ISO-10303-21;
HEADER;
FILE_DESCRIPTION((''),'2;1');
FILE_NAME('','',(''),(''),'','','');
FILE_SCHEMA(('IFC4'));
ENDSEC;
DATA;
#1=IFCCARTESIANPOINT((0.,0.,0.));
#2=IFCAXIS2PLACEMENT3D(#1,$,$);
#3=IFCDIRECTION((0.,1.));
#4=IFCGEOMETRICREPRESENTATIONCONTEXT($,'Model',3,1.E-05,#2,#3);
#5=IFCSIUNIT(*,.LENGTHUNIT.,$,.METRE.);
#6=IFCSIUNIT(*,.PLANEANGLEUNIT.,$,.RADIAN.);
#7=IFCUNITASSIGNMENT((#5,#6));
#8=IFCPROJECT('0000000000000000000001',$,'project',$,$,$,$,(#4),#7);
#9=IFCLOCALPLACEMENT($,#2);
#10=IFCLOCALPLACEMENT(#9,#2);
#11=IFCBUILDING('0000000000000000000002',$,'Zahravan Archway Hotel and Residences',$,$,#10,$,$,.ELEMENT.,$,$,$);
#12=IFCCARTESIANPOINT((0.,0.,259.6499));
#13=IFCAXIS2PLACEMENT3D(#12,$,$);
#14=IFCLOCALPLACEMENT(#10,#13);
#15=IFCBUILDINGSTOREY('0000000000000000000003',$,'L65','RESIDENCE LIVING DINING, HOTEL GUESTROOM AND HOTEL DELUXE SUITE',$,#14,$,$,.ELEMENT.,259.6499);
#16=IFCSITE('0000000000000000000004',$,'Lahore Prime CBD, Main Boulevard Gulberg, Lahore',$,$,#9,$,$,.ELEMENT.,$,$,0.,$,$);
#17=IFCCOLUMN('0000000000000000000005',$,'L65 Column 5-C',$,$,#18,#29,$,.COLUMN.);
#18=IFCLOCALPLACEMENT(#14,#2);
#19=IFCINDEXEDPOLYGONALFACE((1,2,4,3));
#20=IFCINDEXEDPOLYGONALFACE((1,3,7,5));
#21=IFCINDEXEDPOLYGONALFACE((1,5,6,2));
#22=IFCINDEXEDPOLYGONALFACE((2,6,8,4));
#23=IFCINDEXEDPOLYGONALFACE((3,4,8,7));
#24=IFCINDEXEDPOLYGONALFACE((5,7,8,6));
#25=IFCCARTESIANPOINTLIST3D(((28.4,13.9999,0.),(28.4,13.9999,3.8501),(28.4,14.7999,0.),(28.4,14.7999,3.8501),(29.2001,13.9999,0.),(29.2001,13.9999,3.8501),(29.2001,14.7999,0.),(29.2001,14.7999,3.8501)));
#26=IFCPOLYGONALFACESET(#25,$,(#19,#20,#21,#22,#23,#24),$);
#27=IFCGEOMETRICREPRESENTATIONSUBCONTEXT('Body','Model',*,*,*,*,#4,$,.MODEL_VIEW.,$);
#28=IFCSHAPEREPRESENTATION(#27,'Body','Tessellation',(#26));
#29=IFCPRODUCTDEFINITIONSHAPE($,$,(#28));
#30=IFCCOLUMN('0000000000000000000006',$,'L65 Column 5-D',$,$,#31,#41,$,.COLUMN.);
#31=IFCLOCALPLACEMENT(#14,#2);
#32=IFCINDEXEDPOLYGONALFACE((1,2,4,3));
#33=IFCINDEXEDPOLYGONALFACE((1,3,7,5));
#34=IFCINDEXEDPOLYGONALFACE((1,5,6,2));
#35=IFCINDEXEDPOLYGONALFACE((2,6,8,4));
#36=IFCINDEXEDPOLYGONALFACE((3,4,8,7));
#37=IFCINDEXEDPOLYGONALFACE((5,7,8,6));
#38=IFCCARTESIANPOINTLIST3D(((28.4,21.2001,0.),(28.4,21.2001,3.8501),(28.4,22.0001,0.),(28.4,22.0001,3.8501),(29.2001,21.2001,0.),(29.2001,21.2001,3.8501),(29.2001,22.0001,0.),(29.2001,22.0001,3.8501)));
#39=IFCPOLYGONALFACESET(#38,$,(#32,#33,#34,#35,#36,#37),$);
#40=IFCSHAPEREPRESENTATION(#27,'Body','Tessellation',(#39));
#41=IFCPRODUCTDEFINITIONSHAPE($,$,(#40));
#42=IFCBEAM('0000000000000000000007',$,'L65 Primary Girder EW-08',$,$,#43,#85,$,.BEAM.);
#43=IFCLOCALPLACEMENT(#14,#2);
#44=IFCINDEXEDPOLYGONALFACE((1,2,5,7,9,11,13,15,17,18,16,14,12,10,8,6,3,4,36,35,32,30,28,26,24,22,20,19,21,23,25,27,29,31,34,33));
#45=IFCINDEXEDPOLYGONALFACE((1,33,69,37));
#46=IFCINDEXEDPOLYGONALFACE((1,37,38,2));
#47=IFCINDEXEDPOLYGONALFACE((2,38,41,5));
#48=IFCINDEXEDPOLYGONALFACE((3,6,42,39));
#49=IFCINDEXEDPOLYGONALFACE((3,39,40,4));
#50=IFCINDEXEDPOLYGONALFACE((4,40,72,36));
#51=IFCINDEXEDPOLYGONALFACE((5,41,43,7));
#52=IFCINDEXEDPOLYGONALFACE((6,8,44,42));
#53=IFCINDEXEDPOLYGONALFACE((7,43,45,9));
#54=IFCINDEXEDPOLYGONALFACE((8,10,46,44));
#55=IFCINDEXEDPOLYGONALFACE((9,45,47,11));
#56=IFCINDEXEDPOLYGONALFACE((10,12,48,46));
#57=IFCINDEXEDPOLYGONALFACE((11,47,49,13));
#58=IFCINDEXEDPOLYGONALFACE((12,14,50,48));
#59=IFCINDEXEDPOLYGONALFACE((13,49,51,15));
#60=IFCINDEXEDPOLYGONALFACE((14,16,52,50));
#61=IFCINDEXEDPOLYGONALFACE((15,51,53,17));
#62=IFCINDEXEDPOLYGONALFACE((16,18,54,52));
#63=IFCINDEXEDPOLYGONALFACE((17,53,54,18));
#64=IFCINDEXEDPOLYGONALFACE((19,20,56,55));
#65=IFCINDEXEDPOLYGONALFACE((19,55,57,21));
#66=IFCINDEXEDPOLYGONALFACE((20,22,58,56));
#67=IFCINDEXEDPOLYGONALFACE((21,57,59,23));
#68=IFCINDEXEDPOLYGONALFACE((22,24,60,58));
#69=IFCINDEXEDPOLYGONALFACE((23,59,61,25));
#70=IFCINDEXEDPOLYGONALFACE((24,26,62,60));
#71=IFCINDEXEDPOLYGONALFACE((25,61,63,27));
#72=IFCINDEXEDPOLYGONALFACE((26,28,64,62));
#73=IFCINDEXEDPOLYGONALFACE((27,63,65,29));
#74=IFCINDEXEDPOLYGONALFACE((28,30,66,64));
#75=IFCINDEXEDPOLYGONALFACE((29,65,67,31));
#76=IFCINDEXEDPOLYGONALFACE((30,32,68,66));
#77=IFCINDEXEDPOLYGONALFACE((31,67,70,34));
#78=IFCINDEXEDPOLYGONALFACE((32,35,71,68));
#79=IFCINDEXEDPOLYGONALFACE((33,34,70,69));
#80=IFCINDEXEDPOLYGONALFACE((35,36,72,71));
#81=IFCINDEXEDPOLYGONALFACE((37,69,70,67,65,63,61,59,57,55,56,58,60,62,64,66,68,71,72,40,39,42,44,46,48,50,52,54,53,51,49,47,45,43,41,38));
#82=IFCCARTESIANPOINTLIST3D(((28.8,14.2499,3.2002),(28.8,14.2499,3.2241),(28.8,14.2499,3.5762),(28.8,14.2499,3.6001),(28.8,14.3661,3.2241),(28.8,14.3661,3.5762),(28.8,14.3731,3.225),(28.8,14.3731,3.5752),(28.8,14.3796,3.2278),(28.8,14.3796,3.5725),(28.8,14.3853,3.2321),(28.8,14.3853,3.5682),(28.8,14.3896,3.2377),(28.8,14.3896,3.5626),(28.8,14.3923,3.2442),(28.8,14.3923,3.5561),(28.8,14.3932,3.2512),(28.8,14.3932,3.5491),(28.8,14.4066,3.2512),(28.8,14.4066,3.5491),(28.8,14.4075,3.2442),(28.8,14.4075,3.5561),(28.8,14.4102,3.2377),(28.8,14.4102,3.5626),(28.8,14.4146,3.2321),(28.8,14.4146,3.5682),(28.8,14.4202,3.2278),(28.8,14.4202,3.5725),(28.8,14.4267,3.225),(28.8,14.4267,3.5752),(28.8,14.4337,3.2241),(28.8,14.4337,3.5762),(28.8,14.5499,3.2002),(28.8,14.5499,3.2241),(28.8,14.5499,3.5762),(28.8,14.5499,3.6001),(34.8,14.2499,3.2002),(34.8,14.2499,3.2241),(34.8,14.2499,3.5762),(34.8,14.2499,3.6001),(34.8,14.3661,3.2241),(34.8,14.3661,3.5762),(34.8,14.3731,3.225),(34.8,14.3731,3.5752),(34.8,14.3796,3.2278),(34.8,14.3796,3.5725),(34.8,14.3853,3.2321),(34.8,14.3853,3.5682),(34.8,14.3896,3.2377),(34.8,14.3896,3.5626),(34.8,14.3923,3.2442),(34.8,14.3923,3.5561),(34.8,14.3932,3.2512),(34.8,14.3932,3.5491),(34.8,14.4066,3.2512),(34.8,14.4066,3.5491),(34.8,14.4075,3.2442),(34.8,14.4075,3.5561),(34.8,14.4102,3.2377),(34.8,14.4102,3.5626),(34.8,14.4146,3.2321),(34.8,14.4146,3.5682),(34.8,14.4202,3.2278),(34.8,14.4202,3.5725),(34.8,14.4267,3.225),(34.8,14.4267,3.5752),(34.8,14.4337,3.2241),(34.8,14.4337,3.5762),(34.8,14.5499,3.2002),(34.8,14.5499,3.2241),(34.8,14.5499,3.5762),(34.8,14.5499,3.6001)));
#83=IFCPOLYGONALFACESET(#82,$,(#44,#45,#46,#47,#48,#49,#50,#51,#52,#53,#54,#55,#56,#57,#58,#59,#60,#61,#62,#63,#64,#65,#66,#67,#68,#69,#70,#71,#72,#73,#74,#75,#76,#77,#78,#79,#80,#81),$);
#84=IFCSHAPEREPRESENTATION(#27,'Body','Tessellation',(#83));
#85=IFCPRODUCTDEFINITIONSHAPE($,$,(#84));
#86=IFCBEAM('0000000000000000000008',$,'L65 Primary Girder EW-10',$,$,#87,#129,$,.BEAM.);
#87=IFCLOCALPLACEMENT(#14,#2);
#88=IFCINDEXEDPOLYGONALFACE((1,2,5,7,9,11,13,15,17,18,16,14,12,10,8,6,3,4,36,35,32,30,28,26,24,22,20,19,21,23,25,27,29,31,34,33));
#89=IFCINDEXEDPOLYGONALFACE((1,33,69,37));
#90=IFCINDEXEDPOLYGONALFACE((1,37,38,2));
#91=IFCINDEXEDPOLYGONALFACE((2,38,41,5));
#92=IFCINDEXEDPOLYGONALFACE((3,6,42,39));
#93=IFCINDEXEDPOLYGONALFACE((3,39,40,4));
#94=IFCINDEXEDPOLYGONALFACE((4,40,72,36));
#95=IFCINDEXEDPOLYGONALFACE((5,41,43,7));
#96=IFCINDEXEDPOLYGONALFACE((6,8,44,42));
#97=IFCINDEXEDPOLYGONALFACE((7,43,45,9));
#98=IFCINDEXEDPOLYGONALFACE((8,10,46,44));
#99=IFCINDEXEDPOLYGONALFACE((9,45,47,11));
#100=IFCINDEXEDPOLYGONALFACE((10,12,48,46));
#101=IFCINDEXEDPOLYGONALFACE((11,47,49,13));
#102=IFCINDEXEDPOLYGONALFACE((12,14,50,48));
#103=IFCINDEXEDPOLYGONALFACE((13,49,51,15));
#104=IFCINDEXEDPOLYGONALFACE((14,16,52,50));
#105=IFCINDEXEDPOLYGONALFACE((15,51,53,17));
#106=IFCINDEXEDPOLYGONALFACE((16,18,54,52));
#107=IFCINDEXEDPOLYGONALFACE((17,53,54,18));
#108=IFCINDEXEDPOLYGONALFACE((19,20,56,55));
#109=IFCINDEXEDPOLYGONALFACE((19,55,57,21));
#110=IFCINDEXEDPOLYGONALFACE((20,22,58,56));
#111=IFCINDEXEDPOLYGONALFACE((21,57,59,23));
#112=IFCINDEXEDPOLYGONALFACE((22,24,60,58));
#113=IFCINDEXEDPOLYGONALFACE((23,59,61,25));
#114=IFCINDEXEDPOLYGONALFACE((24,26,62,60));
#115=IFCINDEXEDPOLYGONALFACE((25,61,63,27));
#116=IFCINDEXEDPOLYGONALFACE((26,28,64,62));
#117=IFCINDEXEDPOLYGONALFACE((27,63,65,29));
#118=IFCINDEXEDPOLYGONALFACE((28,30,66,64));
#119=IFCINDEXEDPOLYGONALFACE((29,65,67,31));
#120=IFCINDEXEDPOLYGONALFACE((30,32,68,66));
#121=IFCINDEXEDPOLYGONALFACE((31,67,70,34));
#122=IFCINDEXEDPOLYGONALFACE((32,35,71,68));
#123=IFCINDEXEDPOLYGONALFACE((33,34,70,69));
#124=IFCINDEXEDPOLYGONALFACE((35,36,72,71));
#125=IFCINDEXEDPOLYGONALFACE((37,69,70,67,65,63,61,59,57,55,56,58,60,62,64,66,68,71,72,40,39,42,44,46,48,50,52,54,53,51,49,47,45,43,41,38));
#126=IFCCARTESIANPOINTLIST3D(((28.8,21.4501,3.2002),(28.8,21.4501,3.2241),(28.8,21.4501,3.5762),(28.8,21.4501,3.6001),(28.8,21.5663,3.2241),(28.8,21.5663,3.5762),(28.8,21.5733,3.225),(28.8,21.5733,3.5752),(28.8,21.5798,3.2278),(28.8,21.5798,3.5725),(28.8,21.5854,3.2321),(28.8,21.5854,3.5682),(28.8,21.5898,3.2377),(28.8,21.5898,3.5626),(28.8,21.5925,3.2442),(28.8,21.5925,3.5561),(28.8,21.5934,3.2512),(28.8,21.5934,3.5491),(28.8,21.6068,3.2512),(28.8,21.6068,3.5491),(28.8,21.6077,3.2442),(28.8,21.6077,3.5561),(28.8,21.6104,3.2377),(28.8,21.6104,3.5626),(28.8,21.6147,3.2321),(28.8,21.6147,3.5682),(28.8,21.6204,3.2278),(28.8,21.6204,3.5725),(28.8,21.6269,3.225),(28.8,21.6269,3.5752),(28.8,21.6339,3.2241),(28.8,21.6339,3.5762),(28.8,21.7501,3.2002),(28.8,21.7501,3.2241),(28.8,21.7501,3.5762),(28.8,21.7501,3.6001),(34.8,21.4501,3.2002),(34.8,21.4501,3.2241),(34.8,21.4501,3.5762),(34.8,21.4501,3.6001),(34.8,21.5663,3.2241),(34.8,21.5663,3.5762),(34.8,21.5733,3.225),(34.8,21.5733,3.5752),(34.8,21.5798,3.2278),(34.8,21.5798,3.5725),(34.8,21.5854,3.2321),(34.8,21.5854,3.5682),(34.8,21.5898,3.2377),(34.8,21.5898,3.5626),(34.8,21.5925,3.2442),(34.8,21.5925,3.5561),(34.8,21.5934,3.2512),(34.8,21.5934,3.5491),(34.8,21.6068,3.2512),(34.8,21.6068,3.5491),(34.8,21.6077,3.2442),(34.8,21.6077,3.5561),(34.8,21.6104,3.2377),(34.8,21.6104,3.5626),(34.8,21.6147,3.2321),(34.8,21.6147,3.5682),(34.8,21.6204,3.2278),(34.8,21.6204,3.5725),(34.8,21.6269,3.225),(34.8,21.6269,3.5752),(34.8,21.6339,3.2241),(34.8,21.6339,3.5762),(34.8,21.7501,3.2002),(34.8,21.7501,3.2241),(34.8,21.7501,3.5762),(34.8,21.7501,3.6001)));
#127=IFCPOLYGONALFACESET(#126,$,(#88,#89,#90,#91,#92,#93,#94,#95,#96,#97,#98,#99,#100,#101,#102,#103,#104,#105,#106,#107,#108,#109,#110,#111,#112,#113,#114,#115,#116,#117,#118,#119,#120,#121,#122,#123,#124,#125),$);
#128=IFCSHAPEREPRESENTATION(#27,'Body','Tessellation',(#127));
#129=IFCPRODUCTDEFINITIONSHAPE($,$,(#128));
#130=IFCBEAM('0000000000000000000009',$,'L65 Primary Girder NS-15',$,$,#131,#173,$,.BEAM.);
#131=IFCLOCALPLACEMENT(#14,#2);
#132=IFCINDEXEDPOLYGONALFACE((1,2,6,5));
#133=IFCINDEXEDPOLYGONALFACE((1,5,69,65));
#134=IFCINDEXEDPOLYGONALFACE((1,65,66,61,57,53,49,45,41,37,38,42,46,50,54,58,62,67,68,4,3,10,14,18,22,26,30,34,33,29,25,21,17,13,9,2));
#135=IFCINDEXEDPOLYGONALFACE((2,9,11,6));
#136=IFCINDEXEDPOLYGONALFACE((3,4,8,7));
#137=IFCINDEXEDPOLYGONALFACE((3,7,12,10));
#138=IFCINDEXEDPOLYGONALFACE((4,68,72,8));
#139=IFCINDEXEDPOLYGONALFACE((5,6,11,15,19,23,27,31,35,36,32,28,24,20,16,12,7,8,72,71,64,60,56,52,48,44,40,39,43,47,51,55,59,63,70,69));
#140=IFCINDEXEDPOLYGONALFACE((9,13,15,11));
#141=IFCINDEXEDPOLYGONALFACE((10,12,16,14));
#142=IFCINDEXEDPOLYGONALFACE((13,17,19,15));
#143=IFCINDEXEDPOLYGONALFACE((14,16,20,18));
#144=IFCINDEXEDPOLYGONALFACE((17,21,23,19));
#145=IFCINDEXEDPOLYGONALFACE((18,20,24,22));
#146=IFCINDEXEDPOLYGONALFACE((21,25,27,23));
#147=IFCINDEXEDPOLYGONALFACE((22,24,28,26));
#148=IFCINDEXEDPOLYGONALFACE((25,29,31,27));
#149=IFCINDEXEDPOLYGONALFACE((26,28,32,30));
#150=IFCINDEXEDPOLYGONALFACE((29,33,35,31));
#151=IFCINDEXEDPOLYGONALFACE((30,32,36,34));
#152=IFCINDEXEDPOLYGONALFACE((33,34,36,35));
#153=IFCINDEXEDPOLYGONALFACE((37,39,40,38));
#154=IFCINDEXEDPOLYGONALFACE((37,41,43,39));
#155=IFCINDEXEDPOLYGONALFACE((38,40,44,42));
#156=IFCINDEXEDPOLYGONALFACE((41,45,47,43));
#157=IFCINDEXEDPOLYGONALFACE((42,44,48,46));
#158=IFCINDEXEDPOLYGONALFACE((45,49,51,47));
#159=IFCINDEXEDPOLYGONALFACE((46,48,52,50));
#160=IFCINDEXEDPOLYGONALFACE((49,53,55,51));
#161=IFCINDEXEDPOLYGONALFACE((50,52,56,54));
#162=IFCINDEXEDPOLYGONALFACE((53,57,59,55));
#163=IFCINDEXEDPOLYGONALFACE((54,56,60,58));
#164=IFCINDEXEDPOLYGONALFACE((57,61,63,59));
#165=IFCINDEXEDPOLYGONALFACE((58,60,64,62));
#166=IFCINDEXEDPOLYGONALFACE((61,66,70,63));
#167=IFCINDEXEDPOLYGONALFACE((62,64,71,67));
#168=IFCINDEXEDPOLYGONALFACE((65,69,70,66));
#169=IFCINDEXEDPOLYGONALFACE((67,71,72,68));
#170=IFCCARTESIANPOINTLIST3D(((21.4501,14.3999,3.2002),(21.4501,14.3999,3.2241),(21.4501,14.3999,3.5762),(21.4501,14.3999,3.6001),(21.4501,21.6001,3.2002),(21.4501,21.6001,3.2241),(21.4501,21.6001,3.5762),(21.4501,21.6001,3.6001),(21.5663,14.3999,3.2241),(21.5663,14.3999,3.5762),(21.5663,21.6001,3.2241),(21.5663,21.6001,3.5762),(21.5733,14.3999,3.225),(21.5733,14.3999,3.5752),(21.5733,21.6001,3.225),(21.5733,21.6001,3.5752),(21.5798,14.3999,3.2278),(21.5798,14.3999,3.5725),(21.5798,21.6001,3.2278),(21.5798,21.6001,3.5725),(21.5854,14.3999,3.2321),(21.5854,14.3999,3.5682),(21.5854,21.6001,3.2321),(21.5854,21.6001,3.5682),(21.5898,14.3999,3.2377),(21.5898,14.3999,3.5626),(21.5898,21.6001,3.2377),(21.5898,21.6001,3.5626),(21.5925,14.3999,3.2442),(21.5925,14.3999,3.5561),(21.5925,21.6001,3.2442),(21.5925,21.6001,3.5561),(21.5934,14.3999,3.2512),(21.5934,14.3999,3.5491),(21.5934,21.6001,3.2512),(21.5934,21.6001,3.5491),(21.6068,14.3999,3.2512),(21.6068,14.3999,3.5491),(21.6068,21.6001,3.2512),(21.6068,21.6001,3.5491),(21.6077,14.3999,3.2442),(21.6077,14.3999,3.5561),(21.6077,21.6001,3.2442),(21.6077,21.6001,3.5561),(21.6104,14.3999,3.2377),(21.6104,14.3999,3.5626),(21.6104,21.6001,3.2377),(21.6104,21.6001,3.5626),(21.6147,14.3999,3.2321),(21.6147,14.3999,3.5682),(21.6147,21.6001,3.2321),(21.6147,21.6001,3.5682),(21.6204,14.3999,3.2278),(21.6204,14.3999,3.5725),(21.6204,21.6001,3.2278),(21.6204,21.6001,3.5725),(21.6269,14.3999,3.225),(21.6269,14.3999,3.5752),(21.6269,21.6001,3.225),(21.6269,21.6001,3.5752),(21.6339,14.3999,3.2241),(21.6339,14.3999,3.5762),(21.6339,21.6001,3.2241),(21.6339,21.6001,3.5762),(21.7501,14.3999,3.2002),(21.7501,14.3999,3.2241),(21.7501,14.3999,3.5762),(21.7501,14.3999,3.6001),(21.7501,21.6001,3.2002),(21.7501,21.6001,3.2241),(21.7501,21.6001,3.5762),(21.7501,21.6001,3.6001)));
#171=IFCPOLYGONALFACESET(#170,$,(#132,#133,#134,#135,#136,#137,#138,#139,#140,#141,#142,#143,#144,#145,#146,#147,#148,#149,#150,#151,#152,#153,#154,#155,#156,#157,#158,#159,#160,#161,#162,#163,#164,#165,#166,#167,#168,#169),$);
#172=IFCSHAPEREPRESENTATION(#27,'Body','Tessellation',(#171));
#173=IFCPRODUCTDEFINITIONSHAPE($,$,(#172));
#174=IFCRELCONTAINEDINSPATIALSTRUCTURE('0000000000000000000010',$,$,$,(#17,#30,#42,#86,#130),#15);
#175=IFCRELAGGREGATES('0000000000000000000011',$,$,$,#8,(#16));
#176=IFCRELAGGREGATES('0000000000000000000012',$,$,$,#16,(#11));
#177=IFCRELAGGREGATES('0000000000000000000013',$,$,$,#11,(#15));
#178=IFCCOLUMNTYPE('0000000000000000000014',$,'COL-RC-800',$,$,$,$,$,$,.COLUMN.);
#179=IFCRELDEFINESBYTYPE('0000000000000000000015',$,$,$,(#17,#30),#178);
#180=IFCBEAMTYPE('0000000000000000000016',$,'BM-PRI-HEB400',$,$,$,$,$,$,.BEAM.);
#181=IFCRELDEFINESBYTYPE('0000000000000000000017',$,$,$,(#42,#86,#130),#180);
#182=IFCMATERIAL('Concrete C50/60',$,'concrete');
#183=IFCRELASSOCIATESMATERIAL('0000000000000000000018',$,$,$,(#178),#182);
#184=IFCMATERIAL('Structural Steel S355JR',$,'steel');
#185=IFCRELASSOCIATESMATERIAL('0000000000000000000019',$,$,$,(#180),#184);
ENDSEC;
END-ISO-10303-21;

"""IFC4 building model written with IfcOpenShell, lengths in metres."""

from ifc_helpers import new_model, si_unit, direction, frame, origin, origin_2d, place, context, subcontext, project, spatial, rectangle, i_section, extrude, source, transform, mapped, material, material_profile, profile_set, type_object, element, save


model = new_model("IFC4")

# Units and contexts
model_context = context("Model", 3, precision=1e-05, world=origin(), true_north=direction((0.0, 1.0)))
body_context = subcontext(model_context, "Body", "Model", "MODEL_VIEW")
ifc_project = project(units=[si_unit("LENGTHUNIT", "METRE"), si_unit("PLANEANGLEUNIT", "RADIAN")], contexts=[model_context])

# Site, building, storey
site_placement = place(None, origin())
site = spatial("IfcSite", under=ifc_project, at=site_placement, Name="Lahore Prime CBD, Main Boulevard Gulberg, Lahore", CompositionType="ELEMENT", RefElevation=0.0)
building_placement = place(site_placement, origin())
building = spatial("IfcBuilding", under=site, at=building_placement, Name="Zahravan Archway Hotel and Residences", CompositionType="ELEMENT")
storey_placement = place(building_placement, frame((0.0, 0.0, 259.6499)))
storey = spatial("IfcBuildingStorey", under=building, at=storey_placement, Name="L65", Description="RESIDENCE LIVING DINING, HOTEL GUESTROOM AND HOTEL DELUXE SUITE", CompositionType="ELEMENT", Elevation=259.6499)

# Columns
ifc_material_1 = material(Name="Concrete C50/60", Category="concrete")
ifc_material_profile_1 = material_profile(ifc_material_1, rectangle(XDim=0.8, YDim=0.8, at=origin_2d()), Name="RC-COL-800x800", Category="concrete")
ifc_profile_set_1 = profile_set([ifc_material_profile_1], Name="Concrete C50/60")
column_type = type_object("IfcColumnType", Name="COL-RC-800", PredefinedType="COLUMN", material=ifc_profile_set_1)
shared_shape_1 = source(origin(), body_context, "Body", "SweptSolid", [
    extrude(rectangle(XDim=0.8, YDim=0.8, at=origin_2d()), origin(), (0.0, 0.0, 1.0), 3.8501),
])
for number, where, z_axis, x_axis, name in (
    (1, (28.8, 14.3999, 0.0), (0.0, 0.0, 1.0), (1.0, 0.0, 0.0), "L65 Column 5-C"),
    (2, (28.8, 21.6001, 0.0), (0.0, 0.0, 1.0), (1.0, 0.0, 0.0), "L65 Column 5-D"),
):
    element("IfcColumn", number, at=place(storey_placement, frame(where, z_axis=z_axis, x_axis=x_axis)), inside=storey, type_object=column_type, Name=name, PredefinedType="COLUMN", context=body_context, shape_type="MappedRepresentation", body=[
        mapped(shared_shape_1, transform((0.0, 0.0, 0.0), scale=1.0)),
    ])

# Beams
ifc_material_2 = material(Name="Structural Steel S355JR", Category="steel")
ifc_material_profile_2 = material_profile(ifc_material_2, i_section(OverallWidth=0.3, OverallDepth=0.3999, WebThickness=0.0134, FlangeThickness=0.0239, FilletRadius=0.0271, at=origin_2d()), Name="HEB 400", Category="steel")
ifc_profile_set_2 = profile_set([ifc_material_profile_2], Name="Structural Steel S355JR")
beam_type_1 = type_object("IfcBeamType", Name="BM-PRI-HEB400", PredefinedType="BEAM", material=ifc_profile_set_2)
shared_shape_2 = source(origin(), body_context, "Body", "SweptSolid", [
    extrude(i_section(OverallWidth=0.3, OverallDepth=0.3999, WebThickness=0.0134, FlangeThickness=0.0239, FilletRadius=0.0271, at=origin_2d()), origin(), (0.0, 0.0, 1.0), 6.0),
])
for number, where, z_axis, x_axis, name in (
    (3, (28.8, 14.3999, 3.4001), (1.0, 0.0, 0.0), (0.0, 1.0, 0.0), "L65 Primary Girder EW-08"),
    (4, (28.8, 21.6001, 3.4001), (1.0, 0.0, 0.0), (0.0, 1.0, 0.0), "L65 Primary Girder EW-10"),
):
    element("IfcBeam", number, at=place(storey_placement, frame(where, z_axis=z_axis, x_axis=x_axis)), inside=storey, type_object=beam_type_1, Name=name, PredefinedType="BEAM", context=body_context, shape_type="MappedRepresentation", body=[
        mapped(shared_shape_2, transform((0.0, 0.0, 0.0), scale=1.0)),
    ])
shared_shape_3 = source(origin(), body_context, "Body", "SweptSolid", [
    extrude(i_section(OverallWidth=0.3, OverallDepth=0.3999, WebThickness=0.0134, FlangeThickness=0.0239, FilletRadius=0.0271, at=origin_2d()), origin(), (0.0, 0.0, 1.0), 7.2002),
])
for number, where, z_axis, x_axis, name in (
    (5, (21.6001, 14.3999, 3.4001), (0.0, 1.0, 0.0), (-1.0, 0.0, 0.0), "L65 Primary Girder NS-15"),
):
    element("IfcBeam", number, at=place(storey_placement, frame(where, z_axis=z_axis, x_axis=x_axis)), inside=storey, type_object=beam_type_1, Name=name, PredefinedType="BEAM", context=body_context, shape_type="MappedRepresentation", body=[
        mapped(shared_shape_3, transform((0.0, 0.0, 0.0), scale=1.0)),
    ])

save(model, "model.ifc")
